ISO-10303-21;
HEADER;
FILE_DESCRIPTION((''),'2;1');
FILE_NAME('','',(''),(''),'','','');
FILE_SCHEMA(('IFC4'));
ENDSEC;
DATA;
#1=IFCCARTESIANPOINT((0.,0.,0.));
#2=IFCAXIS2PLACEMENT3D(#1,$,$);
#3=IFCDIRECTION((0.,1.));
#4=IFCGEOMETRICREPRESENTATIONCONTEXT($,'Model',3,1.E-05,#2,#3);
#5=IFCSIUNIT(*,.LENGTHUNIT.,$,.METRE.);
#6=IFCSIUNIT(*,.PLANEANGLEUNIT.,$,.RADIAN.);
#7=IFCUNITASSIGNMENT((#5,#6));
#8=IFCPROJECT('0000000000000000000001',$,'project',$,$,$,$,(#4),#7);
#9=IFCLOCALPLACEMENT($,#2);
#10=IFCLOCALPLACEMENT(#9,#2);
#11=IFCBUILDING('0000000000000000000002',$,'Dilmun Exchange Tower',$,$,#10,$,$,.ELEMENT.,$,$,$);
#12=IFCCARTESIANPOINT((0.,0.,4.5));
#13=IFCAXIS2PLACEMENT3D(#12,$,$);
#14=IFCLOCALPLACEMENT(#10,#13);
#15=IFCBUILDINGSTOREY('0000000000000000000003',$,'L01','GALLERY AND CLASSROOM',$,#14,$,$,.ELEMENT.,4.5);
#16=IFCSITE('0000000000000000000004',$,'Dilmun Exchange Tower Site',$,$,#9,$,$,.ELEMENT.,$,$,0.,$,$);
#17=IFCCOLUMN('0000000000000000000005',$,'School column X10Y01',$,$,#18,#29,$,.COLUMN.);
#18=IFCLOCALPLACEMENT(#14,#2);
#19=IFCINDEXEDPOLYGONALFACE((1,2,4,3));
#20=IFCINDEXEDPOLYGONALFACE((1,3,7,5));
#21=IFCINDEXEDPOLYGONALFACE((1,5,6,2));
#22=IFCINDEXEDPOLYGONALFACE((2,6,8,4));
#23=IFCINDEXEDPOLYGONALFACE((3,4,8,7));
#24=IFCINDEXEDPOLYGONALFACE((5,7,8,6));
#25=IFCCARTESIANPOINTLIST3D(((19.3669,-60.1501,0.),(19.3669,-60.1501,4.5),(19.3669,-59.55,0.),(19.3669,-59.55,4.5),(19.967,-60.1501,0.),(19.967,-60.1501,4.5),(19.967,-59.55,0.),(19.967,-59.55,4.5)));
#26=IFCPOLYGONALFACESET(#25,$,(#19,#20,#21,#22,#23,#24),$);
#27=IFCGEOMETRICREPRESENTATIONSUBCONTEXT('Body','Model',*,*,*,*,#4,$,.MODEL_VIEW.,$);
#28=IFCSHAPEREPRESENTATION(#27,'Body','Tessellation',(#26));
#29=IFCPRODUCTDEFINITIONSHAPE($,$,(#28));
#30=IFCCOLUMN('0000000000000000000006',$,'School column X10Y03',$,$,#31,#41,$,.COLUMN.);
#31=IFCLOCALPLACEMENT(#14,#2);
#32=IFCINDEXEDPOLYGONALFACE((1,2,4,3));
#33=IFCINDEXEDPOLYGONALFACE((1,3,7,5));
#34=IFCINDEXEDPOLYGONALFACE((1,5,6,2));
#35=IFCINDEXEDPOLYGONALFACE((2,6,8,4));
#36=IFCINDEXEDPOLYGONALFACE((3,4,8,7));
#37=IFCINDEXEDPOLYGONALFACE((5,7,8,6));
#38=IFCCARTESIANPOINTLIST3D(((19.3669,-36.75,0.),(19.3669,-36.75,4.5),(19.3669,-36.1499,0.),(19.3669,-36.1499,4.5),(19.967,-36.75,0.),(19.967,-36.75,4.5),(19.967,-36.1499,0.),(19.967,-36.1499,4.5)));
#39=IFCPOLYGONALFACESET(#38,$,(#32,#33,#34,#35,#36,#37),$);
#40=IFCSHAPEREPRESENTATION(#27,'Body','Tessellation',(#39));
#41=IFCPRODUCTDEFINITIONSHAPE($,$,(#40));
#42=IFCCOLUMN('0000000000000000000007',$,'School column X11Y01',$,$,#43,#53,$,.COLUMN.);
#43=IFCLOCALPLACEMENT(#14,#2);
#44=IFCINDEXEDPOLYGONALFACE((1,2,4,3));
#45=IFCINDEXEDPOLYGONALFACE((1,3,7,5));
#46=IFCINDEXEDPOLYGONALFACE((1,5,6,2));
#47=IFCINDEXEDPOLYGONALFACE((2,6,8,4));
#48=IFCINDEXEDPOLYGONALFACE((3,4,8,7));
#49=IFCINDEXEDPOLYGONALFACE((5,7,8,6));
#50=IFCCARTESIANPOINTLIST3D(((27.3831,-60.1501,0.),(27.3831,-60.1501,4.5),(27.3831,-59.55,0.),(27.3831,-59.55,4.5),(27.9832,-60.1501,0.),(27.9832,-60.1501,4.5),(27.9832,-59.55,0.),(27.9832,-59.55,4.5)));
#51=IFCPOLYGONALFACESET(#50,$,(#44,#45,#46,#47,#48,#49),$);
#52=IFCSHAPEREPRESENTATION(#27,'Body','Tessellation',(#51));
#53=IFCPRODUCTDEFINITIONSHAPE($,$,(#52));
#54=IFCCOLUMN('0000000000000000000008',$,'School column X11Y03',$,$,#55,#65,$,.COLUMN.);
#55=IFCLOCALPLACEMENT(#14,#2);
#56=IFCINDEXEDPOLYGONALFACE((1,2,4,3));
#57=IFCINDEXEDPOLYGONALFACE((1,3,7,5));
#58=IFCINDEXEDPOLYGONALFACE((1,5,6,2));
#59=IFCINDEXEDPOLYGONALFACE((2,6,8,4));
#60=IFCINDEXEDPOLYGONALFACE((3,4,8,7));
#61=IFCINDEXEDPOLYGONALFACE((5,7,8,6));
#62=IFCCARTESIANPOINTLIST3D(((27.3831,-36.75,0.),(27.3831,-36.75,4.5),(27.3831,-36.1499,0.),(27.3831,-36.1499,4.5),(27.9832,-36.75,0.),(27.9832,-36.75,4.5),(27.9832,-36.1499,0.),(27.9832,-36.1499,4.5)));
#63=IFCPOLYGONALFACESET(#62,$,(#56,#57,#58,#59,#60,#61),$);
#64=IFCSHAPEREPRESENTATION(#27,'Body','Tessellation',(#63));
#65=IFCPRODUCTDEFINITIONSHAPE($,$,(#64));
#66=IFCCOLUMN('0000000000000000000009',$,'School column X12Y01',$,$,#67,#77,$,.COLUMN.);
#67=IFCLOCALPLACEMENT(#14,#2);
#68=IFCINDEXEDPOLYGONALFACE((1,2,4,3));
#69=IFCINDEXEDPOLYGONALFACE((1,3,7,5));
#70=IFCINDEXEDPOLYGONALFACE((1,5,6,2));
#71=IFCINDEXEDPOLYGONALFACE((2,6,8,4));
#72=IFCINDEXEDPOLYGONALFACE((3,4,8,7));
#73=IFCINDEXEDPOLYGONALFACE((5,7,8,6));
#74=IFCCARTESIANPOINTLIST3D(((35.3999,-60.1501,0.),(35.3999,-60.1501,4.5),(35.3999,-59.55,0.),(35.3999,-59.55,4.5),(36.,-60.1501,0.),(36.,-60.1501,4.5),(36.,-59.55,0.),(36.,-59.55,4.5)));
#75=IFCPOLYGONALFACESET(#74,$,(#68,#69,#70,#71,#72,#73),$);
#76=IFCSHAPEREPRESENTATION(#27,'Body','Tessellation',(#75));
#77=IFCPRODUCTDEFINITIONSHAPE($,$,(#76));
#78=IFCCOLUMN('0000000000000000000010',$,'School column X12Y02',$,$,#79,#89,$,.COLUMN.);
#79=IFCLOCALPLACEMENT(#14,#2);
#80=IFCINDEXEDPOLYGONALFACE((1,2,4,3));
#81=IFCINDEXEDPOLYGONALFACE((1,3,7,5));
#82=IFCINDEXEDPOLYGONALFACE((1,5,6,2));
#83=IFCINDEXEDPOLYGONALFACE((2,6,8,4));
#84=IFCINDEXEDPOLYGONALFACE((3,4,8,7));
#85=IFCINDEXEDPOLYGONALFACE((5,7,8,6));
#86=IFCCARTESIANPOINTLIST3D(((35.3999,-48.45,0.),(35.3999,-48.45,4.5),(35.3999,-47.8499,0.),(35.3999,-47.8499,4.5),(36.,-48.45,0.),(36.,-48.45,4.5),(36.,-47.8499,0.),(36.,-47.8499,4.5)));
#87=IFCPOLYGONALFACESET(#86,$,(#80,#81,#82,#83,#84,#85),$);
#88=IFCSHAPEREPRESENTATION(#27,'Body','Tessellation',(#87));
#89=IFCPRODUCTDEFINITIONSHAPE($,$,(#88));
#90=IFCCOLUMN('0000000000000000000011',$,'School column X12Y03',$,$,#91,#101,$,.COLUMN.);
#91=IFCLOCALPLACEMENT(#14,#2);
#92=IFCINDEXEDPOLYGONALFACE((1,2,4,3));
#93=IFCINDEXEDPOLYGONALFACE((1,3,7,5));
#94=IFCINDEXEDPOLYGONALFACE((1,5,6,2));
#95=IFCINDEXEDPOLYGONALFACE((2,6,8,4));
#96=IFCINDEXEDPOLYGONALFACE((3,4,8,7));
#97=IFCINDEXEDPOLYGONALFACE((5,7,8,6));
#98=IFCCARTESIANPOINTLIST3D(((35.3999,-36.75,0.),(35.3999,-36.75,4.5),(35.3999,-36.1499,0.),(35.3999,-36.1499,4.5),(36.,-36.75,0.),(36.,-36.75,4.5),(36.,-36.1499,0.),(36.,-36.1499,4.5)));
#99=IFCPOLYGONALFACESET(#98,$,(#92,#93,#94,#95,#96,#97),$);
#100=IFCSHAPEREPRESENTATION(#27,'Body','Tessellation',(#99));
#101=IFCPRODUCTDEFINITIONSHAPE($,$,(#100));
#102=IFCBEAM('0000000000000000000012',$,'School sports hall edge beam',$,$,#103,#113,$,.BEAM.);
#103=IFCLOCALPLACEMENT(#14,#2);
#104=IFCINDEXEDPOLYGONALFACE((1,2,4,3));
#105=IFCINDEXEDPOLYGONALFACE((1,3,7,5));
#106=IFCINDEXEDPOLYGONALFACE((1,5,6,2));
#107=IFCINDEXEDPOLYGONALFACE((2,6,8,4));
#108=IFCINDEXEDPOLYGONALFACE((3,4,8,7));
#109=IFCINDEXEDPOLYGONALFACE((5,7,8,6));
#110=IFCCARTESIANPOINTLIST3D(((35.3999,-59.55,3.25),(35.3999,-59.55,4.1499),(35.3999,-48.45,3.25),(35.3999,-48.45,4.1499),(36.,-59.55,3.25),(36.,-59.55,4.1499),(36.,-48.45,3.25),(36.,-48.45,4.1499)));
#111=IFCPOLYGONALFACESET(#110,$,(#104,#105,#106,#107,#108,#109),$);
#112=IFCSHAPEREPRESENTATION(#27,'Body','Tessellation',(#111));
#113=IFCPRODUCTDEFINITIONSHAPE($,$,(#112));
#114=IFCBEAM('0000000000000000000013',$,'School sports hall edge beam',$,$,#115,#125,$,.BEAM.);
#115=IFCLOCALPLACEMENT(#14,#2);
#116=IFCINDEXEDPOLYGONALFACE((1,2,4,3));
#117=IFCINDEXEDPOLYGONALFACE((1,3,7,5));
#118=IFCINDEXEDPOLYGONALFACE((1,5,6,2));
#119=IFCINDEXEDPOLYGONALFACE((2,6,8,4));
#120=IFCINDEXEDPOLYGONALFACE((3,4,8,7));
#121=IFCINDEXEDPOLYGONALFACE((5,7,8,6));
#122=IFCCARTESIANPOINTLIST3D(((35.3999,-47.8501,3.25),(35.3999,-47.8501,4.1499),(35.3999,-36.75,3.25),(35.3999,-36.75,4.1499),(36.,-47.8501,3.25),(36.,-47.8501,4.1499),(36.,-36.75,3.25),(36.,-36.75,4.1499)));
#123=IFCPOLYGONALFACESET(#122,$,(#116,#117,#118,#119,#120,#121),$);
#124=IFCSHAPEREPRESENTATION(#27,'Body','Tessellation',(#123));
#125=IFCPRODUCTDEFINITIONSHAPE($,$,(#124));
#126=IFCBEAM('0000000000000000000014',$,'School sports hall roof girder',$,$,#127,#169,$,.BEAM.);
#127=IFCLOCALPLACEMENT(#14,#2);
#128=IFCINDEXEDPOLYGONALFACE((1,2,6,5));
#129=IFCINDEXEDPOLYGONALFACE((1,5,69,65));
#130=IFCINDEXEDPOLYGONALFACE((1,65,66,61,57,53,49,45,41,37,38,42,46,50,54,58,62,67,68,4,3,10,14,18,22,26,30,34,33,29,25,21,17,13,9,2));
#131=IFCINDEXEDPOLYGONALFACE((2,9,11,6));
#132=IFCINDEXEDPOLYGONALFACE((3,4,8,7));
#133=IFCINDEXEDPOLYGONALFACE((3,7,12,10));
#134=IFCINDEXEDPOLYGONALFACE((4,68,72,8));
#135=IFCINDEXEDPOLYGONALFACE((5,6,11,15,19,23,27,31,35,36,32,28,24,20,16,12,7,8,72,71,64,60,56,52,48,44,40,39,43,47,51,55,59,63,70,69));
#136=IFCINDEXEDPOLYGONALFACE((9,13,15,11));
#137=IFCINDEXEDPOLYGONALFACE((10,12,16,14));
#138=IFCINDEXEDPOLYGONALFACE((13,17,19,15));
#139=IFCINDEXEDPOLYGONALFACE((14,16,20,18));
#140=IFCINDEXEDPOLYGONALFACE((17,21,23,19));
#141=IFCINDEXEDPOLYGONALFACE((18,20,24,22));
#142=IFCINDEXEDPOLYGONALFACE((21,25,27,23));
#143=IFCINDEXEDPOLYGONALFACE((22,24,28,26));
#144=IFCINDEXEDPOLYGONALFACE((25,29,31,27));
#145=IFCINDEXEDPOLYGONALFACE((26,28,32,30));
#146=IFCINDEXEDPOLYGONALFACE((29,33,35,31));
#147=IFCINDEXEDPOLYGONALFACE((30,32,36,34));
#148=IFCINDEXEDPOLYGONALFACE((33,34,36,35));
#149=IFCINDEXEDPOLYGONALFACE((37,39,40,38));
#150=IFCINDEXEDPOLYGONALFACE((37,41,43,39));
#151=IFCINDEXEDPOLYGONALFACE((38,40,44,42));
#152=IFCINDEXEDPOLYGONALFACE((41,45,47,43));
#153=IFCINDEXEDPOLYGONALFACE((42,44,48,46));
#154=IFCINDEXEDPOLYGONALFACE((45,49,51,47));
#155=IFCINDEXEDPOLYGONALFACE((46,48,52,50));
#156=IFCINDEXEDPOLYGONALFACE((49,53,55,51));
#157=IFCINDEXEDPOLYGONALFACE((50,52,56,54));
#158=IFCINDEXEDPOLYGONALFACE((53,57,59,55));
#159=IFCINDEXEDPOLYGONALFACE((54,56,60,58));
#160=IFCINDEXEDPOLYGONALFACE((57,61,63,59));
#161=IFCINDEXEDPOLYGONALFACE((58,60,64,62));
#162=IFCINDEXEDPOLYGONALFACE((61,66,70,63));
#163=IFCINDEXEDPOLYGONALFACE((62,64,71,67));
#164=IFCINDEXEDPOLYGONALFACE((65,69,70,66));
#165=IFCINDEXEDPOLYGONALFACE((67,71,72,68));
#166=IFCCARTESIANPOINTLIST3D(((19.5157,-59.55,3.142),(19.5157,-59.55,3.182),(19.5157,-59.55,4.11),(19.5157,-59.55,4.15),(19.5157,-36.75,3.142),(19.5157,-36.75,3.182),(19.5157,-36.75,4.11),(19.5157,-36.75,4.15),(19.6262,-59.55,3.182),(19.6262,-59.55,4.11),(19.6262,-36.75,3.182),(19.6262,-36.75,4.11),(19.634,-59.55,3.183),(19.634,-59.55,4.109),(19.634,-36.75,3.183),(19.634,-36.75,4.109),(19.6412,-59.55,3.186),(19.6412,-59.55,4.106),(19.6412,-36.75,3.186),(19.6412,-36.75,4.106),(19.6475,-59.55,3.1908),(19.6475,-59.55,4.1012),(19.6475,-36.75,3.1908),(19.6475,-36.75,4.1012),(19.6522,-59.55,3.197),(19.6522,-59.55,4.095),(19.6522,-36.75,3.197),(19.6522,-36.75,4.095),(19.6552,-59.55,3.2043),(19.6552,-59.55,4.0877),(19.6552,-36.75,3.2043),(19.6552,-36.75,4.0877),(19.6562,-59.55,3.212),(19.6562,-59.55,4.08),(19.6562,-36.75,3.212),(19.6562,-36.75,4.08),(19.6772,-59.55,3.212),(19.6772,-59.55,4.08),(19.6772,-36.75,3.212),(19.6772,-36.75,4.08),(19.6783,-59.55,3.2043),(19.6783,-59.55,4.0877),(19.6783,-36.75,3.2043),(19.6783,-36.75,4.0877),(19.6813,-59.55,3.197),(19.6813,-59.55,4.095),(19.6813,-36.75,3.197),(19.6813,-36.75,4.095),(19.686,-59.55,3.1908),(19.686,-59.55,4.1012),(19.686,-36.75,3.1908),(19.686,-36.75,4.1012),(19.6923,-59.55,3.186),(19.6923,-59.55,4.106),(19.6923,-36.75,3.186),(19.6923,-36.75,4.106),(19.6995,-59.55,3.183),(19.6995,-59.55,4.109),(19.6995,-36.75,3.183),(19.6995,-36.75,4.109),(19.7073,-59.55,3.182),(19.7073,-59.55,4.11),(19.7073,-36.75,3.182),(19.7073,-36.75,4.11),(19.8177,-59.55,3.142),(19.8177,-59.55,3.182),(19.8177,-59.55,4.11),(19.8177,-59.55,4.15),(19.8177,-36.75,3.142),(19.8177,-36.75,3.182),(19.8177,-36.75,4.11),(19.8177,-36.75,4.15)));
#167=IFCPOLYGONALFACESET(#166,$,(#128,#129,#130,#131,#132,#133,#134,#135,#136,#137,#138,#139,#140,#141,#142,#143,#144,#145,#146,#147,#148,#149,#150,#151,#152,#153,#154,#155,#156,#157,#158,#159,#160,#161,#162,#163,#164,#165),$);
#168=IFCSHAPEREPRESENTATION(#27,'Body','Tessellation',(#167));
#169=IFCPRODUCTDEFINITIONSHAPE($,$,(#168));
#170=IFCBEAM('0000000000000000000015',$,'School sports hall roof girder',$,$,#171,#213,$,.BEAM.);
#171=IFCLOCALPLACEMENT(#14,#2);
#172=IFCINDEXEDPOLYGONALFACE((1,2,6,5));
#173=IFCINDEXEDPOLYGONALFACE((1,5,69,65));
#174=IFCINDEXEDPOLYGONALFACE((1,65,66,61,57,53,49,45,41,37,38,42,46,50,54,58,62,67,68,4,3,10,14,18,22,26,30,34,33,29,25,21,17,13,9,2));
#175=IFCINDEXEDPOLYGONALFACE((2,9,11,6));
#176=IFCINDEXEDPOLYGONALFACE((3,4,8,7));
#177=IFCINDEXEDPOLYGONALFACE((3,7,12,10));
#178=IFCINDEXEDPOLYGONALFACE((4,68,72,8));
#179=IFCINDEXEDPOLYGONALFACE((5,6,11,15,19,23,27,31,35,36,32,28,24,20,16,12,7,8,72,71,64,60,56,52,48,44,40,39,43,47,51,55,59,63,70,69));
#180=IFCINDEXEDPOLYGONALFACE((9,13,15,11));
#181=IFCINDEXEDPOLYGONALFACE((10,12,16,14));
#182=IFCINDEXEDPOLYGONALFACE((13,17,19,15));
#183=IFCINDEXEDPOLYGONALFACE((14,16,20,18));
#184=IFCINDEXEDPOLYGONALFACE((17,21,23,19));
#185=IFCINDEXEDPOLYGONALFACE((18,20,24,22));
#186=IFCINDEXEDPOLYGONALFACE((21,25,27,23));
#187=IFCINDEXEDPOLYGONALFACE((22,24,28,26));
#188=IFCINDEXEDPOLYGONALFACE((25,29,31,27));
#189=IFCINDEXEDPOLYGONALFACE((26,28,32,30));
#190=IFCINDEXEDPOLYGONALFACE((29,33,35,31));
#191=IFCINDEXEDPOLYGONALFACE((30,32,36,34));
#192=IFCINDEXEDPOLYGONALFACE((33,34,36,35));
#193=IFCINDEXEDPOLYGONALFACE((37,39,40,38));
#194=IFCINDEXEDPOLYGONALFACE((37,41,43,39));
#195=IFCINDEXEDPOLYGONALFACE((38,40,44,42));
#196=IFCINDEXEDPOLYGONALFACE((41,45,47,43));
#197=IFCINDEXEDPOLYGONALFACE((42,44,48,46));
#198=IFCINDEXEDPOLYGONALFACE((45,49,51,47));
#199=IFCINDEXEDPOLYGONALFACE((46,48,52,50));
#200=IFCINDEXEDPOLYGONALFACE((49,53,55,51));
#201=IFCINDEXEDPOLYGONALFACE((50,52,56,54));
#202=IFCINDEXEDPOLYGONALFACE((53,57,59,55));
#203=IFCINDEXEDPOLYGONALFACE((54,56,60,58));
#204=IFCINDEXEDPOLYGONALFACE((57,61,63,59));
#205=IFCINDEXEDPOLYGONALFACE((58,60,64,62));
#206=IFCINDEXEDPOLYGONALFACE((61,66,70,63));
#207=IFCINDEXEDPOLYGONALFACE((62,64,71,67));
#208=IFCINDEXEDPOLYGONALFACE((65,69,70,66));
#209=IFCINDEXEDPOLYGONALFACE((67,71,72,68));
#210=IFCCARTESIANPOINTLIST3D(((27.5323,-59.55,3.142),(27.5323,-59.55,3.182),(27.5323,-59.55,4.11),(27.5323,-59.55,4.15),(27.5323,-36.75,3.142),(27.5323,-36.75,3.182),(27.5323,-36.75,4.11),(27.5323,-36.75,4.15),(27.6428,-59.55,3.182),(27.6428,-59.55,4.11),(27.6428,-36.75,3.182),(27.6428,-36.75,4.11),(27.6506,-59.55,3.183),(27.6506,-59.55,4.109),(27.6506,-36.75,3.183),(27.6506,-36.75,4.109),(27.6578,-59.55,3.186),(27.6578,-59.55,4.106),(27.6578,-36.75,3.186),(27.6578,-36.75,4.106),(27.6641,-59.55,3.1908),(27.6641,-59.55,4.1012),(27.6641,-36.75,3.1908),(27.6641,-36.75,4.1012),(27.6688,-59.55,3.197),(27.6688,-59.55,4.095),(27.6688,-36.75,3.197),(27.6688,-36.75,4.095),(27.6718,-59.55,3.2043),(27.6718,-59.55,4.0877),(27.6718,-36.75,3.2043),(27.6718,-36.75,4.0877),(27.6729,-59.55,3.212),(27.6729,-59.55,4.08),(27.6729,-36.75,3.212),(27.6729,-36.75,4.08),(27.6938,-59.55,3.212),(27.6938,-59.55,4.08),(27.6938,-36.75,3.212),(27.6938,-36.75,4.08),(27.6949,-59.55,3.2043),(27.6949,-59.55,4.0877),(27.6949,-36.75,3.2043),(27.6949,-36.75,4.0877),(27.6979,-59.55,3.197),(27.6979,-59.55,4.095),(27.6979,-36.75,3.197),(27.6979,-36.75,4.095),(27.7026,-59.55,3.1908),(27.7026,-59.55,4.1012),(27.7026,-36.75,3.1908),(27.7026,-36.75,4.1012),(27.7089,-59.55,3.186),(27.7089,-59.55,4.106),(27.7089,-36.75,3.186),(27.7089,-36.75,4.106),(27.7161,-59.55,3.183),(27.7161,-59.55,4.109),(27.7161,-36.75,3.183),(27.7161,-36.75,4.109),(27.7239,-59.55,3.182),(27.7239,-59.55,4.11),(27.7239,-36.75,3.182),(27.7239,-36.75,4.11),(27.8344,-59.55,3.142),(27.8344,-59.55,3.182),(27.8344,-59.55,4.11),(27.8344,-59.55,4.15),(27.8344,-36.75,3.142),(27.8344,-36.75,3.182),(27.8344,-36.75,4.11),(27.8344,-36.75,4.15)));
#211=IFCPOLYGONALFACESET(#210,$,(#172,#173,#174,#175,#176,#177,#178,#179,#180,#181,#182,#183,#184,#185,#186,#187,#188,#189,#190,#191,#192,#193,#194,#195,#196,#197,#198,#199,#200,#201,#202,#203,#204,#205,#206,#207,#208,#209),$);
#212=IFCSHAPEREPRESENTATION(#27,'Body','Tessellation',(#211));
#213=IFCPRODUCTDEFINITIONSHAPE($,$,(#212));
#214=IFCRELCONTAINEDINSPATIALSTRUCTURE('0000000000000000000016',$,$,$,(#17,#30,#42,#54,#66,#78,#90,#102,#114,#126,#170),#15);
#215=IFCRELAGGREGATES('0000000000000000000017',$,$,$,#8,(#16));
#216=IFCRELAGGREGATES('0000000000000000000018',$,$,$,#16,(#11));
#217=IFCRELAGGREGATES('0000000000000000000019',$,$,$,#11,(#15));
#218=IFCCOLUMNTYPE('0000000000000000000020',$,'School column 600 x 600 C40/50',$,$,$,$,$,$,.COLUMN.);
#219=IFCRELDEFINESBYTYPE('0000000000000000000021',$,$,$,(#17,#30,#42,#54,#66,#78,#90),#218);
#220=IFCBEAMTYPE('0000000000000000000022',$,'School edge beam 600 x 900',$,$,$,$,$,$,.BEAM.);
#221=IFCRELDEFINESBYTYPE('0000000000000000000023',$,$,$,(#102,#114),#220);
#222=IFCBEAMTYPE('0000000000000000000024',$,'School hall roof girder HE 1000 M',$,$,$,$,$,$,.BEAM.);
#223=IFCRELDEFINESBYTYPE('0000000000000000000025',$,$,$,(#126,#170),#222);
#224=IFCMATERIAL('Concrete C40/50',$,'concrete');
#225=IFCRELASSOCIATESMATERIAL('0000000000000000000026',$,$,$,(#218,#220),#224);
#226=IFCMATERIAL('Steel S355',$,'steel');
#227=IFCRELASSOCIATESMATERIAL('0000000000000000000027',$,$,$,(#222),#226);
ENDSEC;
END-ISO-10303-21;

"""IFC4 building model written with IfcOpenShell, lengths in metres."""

from ifc_helpers import new_model, si_unit, direction, frame, origin, origin_2d, place, context, subcontext, project, spatial, rectangle, i_section, extrude, material, material_profile, profile_set, type_object, element, save


model = new_model("IFC4")

# Units and contexts
model_context = context("Model", 3, precision=1e-05, world=origin(), true_north=direction((0.0, 1.0)))
body_context = subcontext(model_context, "Body", "Model", "MODEL_VIEW")
ifc_project = project(units=[si_unit("LENGTHUNIT", "METRE"), si_unit("PLANEANGLEUNIT", "RADIAN")], contexts=[model_context])

# Site, building, storey
site_placement = place(None, origin())
site = spatial("IfcSite", under=ifc_project, at=site_placement, Name="Dilmun Exchange Tower Site", CompositionType="ELEMENT", RefElevation=0.0)
building_placement = place(site_placement, origin())
building = spatial("IfcBuilding", under=site, at=building_placement, Name="Dilmun Exchange Tower", CompositionType="ELEMENT")
storey_placement = place(building_placement, frame((0.0, 0.0, 4.5)))
storey = spatial("IfcBuildingStorey", under=building, at=storey_placement, Name="L01", Description="GALLERY AND CLASSROOM", CompositionType="ELEMENT", Elevation=4.5)

# Columns
ifc_material_1 = material(Name="Concrete C40/50", Category="concrete")
ifc_material_profile_1 = material_profile(ifc_material_1, rectangle(XDim=0.6001, YDim=0.6001, at=origin_2d()), Name="600 x 600")
ifc_profile_set_1 = profile_set([ifc_material_profile_1], Name="Concrete C40/50")
column_type = type_object("IfcColumnType", Name="School column 600 x 600 C40/50", PredefinedType="COLUMN", material=ifc_profile_set_1)
for number, where, z_axis, x_axis, name in (
    (1, (19.667, -59.8501, 0.0), (0.0, 0.0, 1.0), (1.0, 0.0, 0.0), "School column X10Y01"),
    (2, (19.667, -36.45, 0.0), (0.0, 0.0, 1.0), (1.0, 0.0, 0.0), "School column X10Y03"),
    (3, (27.6831, -59.8501, 0.0), (0.0, 0.0, 1.0), (1.0, 0.0, 0.0), "School column X11Y01"),
    (4, (27.6831, -36.45, 0.0), (0.0, 0.0, 1.0), (1.0, 0.0, 0.0), "School column X11Y03"),
    (5, (35.7, -59.8501, 0.0), (0.0, 0.0, 1.0), (1.0, 0.0, 0.0), "School column X12Y01"),
    (6, (35.7, -48.1499, 0.0), (0.0, 0.0, 1.0), (1.0, 0.0, 0.0), "School column X12Y02"),
    (7, (35.7, -36.45, 0.0), (0.0, 0.0, 1.0), (1.0, 0.0, 0.0), "School column X12Y03"),
):
    element("IfcColumn", number, at=place(storey_placement, frame(where, z_axis=z_axis, x_axis=x_axis)), inside=storey, type_object=column_type, Name=name, PredefinedType="COLUMN", context=body_context, shape_type="SweptSolid", body=[
        extrude(rectangle(XDim=0.6001, YDim=0.6001, at=origin_2d()), origin(), (0.0, 0.0, 1.0), 4.5),
    ])

# Beams
ifc_material_profile_2 = material_profile(ifc_material_1, rectangle(XDim=0.6001, YDim=0.8999, at=origin_2d()), Name="600 x 900")
ifc_profile_set_2 = profile_set([ifc_material_profile_2], Name="Concrete C40/50")
beam_type_1 = type_object("IfcBeamType", Name="School edge beam 600 x 900", PredefinedType="BEAM", material=ifc_profile_set_2)
for number, where, z_axis, x_axis, name in (
    (8, (35.7, -59.55, 3.7), (0.0, 1.0, 0.0), (-1.0, 0.0, 0.0), "School sports hall edge beam"),
    (9, (35.7, -47.8501, 3.7), (0.0, 1.0, 0.0), (-1.0, 0.0, 0.0), "School sports hall edge beam"),
):
    element("IfcBeam", number, at=place(storey_placement, frame(where, z_axis=z_axis, x_axis=x_axis)), inside=storey, type_object=beam_type_1, Name=name, PredefinedType="BEAM", context=body_context, shape_type="SweptSolid", body=[
        extrude(rectangle(XDim=0.6001, YDim=0.8999, at=origin_2d()), origin(), (0.0, 0.0, 1.0), 11.1001),
    ])
ifc_material_2 = material(Name="Steel S355", Category="steel")
ifc_material_profile_3 = material_profile(ifc_material_2, i_section(OverallWidth=0.302, OverallDepth=1.0081, WebThickness=0.021, FlangeThickness=0.04, FilletRadius=0.03, at=origin_2d()), Name="HE 1000 M")
ifc_profile_set_3 = profile_set([ifc_material_profile_3], Name="Steel S355")
beam_type_2 = type_object("IfcBeamType", Name="School hall roof girder HE 1000 M", PredefinedType="BEAM", material=ifc_profile_set_3)
for number, where, z_axis, x_axis, name in (
    (10, (19.6667, -59.55, 3.646), (0.0, 1.0, 0.0), (-1.0, 0.0, 0.0), "School sports hall roof girder"),
    (11, (27.6833, -59.55, 3.646), (0.0, 1.0, 0.0), (-1.0, 0.0, 0.0), "School sports hall roof girder"),
):
    element("IfcBeam", number, at=place(storey_placement, frame(where, z_axis=z_axis, x_axis=x_axis)), inside=storey, type_object=beam_type_2, Name=name, PredefinedType="BEAM", context=body_context, shape_type="SweptSolid", body=[
        extrude(i_section(OverallWidth=0.302, OverallDepth=1.0081, WebThickness=0.021, FlangeThickness=0.04, FilletRadius=0.03, at=origin_2d()), origin(), (0.0, 0.0, 1.0), 22.8),
    ])

save(model, "model.ifc")
